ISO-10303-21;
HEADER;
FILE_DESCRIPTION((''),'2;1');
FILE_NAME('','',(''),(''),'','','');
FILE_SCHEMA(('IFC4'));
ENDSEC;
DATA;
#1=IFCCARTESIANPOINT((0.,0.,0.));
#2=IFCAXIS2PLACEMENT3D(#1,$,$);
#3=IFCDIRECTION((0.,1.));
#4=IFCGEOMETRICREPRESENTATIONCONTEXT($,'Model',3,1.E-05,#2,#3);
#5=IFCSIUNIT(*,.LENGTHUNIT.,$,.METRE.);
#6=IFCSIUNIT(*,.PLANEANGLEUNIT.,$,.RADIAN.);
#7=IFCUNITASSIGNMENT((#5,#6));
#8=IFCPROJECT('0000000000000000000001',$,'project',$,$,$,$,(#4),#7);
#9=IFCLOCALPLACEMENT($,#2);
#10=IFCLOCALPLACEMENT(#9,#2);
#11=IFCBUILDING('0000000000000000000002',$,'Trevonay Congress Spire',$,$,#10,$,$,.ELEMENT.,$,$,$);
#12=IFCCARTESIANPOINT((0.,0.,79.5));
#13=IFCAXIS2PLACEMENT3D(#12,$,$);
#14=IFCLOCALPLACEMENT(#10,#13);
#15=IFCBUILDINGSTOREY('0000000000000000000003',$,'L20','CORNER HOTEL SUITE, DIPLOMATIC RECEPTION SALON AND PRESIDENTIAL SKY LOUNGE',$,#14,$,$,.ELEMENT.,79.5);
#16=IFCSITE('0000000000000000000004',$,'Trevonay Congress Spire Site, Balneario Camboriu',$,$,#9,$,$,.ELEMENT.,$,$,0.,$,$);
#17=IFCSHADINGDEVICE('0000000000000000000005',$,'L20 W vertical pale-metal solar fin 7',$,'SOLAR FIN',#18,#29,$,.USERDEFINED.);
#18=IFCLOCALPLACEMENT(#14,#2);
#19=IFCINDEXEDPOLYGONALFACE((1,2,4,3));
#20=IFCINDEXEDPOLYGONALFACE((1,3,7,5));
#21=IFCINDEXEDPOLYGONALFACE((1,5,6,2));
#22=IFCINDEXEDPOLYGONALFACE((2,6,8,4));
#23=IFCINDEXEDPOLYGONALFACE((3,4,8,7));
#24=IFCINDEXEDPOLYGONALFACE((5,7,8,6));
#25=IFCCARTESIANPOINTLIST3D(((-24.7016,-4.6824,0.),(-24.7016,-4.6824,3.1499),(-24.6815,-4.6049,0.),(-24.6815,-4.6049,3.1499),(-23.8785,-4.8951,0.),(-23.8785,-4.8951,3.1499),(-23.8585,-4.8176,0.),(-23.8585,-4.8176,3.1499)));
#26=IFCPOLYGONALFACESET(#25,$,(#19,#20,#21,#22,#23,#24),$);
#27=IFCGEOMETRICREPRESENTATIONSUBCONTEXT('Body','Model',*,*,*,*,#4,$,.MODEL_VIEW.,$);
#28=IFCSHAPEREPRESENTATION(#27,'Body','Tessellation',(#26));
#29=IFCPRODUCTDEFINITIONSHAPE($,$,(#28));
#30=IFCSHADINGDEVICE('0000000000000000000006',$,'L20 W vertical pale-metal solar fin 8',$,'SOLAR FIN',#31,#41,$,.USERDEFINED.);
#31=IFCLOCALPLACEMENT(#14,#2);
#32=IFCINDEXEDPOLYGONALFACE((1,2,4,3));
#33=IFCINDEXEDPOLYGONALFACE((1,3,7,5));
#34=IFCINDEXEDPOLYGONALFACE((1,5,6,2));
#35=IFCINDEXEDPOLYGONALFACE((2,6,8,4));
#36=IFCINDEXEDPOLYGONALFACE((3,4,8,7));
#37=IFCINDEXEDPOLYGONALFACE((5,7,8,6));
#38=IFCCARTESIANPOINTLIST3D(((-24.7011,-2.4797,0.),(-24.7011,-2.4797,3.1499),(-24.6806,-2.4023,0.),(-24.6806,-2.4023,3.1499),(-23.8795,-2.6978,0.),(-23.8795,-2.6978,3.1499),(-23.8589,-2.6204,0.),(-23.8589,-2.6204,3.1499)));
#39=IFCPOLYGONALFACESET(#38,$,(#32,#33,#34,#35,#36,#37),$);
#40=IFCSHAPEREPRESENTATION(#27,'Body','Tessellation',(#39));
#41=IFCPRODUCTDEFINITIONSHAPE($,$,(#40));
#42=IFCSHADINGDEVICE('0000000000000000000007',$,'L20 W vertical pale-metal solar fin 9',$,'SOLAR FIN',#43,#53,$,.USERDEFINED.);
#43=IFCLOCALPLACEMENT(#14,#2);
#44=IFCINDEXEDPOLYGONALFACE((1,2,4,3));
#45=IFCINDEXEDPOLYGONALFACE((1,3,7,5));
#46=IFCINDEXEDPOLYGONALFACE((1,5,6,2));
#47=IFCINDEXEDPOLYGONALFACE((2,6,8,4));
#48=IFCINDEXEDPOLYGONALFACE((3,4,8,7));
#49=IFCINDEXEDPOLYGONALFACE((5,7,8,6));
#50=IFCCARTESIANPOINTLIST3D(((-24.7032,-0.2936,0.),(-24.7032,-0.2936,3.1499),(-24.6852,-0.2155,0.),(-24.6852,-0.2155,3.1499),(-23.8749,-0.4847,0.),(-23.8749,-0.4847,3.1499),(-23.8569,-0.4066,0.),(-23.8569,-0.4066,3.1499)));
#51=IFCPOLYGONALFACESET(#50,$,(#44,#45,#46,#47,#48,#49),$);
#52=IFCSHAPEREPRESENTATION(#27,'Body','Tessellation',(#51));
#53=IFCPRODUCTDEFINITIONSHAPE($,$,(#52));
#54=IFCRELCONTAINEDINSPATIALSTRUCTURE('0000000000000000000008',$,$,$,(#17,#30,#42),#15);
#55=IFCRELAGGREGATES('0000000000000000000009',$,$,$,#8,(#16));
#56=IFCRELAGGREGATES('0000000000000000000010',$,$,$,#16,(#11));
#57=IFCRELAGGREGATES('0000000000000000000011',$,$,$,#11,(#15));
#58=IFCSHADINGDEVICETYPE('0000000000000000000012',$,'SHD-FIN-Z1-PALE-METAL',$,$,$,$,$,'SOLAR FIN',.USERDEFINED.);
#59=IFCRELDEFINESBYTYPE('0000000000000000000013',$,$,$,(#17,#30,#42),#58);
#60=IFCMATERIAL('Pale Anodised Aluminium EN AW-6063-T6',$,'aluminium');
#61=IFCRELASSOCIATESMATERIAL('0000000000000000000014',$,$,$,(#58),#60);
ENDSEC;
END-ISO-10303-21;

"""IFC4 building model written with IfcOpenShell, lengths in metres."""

from ifc_helpers import new_model, si_unit, direction, frame, origin, origin_2d, place, context, subcontext, project, spatial, rectangle, extrude, material, type_object, element, save


model = new_model("IFC4")

# Units and contexts
model_context = context("Model", 3, precision=1e-05, world=origin(), true_north=direction((0.0, 1.0)))
body_context = subcontext(model_context, "Body", "Model", "MODEL_VIEW")
ifc_project = project(units=[si_unit("LENGTHUNIT", "METRE"), si_unit("PLANEANGLEUNIT", "RADIAN")], contexts=[model_context])

# Site, building, storey
site_placement = place(None, origin())
site = spatial("IfcSite", under=ifc_project, at=site_placement, Name="Trevonay Congress Spire Site, Balneario Camboriu", CompositionType="ELEMENT", RefElevation=0.0)
building_placement = place(site_placement, origin())
building = spatial("IfcBuilding", under=site, at=building_placement, Name="Trevonay Congress Spire", CompositionType="ELEMENT")
storey_placement = place(building_placement, frame((0.0, 0.0, 79.5)))
storey = spatial("IfcBuildingStorey", under=building, at=storey_placement, Name="L20", Description="CORNER HOTEL SUITE, DIPLOMATIC RECEPTION SALON AND PRESIDENTIAL SKY LOUNGE", CompositionType="ELEMENT", Elevation=79.5)

# Shared definitions
ifc_material_1 = material(Name="Pale Anodised Aluminium EN AW-6063-T6", Category="aluminium")

# Shading devices
shading_device_type = type_object("IfcShadingDeviceType", Name="SHD-FIN-Z1-PALE-METAL", ElementType="SOLAR FIN", PredefinedType="USERDEFINED", material=ifc_material_1)
for number, where, z_axis, x_axis, name in (
    (1, (-24.28, -4.75, 0.0), (0.0, 0.0, 1.0), (0.250211, 0.968191, 0.0), "L20 W vertical pale-metal solar fin 7"),
    (2, (-24.28, -2.55, 0.0), (0.0, 0.0, 1.0), (0.256627, 0.966511, 0.0), "L20 W vertical pale-metal solar fin 8"),
    (3, (-24.28, -0.3501, 0.0), (0.0, 0.0, 1.0), (0.224781, 0.974409, 0.0), "L20 W vertical pale-metal solar fin 9"),
):
    element("IfcShadingDevice", number, at=place(storey_placement, frame(where, z_axis=z_axis, x_axis=x_axis)), inside=storey, type_object=shading_device_type, Name=name, ObjectType="SOLAR FIN", PredefinedType="USERDEFINED", context=body_context, shape_type="SweptSolid", body=[
        extrude(rectangle(XDim=0.0801, YDim=0.8501, at=origin_2d()), origin(), (0.0, 0.0, 1.0), 3.1499),
    ])

save(model, "model.ifc")
